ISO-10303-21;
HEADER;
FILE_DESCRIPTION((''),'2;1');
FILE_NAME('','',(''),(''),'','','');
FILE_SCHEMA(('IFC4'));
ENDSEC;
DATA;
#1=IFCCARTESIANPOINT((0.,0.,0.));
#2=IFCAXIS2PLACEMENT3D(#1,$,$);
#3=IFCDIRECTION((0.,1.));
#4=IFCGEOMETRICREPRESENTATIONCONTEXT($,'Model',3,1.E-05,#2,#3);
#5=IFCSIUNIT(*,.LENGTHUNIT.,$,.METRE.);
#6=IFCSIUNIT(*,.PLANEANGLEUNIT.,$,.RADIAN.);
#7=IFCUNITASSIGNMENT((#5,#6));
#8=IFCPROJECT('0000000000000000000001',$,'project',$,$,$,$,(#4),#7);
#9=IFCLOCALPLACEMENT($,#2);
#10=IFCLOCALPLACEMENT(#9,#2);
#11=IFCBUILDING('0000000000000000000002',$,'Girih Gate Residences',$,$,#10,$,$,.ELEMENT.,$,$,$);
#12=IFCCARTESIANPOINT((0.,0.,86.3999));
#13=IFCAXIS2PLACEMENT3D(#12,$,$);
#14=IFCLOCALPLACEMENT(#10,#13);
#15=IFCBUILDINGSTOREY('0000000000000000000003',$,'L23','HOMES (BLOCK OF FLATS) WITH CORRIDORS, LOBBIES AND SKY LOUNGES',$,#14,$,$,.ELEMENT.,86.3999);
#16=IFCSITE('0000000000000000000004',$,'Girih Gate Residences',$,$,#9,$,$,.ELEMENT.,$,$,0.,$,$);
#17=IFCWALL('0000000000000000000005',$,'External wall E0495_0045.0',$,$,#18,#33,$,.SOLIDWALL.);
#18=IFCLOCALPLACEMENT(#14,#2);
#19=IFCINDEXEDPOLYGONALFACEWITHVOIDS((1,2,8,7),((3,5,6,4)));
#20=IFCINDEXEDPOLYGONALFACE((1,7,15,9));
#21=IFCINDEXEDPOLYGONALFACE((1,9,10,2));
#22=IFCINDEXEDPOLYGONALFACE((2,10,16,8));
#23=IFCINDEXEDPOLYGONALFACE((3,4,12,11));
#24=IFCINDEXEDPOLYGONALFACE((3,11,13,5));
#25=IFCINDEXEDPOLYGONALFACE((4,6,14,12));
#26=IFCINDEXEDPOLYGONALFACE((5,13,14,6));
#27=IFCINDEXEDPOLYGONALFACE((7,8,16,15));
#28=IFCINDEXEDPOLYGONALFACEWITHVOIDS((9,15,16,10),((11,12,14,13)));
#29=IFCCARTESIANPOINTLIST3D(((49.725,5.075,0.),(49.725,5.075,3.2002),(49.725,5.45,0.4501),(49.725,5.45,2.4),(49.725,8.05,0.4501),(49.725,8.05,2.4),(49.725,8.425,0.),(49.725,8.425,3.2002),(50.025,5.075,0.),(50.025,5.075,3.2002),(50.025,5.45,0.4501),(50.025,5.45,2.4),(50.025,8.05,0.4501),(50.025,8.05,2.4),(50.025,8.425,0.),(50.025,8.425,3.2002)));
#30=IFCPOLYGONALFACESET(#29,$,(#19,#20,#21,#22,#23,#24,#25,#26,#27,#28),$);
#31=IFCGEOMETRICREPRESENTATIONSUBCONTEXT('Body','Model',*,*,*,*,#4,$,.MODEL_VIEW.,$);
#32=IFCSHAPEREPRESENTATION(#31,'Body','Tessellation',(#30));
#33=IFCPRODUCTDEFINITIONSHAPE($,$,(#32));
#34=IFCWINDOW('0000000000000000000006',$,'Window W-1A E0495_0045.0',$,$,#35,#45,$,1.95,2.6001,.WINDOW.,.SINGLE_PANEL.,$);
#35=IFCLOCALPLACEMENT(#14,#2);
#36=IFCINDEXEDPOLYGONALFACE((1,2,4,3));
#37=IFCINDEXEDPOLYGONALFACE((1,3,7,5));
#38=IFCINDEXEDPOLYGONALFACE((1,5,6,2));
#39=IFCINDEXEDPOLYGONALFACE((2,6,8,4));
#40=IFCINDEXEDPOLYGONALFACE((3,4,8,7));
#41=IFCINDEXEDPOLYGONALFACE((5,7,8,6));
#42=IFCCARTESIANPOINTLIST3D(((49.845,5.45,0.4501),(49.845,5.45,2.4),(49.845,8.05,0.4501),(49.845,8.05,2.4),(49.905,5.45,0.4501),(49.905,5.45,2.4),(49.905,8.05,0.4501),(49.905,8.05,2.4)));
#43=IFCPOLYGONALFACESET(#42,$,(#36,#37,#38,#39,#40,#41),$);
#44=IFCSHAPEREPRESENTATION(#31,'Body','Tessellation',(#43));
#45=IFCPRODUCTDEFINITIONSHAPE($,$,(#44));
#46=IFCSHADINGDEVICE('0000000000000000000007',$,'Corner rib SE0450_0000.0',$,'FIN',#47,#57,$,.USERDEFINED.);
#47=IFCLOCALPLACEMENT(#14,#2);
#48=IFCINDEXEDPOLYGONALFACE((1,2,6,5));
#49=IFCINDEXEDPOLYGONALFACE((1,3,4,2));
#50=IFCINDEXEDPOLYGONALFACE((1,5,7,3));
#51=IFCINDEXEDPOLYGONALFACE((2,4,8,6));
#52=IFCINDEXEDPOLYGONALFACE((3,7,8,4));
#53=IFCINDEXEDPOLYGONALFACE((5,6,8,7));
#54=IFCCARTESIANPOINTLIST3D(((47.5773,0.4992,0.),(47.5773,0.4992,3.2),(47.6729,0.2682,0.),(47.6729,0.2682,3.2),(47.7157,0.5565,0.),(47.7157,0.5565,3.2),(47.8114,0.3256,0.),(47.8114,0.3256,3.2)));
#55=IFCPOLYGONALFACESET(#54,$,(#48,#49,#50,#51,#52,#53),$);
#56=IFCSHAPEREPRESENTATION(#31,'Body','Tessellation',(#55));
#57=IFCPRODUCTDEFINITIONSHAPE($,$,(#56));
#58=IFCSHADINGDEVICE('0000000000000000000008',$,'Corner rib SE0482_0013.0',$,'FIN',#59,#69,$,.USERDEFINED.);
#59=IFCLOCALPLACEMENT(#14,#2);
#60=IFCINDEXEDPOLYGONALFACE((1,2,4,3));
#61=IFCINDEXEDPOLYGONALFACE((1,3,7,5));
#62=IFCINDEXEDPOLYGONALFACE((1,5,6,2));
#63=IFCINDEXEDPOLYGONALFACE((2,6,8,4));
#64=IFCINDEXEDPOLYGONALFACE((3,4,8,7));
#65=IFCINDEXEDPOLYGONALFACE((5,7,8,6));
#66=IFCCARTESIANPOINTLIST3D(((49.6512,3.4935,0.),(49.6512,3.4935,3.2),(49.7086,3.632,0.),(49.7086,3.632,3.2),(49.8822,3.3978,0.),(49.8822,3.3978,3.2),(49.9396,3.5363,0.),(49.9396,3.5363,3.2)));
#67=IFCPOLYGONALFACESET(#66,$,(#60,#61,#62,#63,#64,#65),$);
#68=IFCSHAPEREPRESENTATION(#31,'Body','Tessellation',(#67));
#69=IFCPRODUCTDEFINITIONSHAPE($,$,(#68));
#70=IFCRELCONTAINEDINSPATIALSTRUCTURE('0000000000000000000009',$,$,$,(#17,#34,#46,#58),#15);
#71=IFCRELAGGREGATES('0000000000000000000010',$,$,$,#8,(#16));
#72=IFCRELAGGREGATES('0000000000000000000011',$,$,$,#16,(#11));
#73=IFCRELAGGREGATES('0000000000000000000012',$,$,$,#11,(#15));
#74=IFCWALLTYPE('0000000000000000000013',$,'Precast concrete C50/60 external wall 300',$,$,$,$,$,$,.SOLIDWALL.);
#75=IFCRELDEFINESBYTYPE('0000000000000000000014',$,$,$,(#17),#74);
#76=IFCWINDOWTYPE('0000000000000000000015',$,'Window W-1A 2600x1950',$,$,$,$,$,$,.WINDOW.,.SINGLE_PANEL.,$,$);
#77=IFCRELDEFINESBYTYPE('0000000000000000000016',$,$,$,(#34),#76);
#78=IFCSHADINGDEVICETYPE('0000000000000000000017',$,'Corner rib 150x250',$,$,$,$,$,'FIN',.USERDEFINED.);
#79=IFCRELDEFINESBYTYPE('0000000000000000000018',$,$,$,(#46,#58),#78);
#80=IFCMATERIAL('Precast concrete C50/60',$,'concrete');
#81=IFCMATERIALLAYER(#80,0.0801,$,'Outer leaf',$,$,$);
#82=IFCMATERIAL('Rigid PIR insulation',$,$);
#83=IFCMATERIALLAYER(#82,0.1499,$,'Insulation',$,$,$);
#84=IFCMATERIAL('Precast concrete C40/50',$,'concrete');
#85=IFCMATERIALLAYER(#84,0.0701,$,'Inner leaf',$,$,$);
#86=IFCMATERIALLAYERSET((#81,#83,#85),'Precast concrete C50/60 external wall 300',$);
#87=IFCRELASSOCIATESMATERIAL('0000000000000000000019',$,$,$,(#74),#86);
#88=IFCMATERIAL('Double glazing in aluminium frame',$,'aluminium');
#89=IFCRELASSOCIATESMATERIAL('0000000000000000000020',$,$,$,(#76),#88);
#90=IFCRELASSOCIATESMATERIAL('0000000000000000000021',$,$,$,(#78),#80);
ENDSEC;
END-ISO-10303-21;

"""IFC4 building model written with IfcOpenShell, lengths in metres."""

from ifc_helpers import new_model, si_unit, direction, frame, frame_2d, origin, origin_2d, place, context, subcontext, project, spatial, rectangle, extrude, material, layer, layer_set, type_object, element, fill, save


model = new_model("IFC4")

# Units and contexts
model_context = context("Model", 3, precision=1e-05, world=origin(), true_north=direction((0.0, 1.0)))
body_context = subcontext(model_context, "Body", "Model", "MODEL_VIEW")
ifc_project = project(units=[si_unit("LENGTHUNIT", "METRE"), si_unit("PLANEANGLEUNIT", "RADIAN")], contexts=[model_context])

# Site, building, storey
site_placement = place(None, origin())
site = spatial("IfcSite", under=ifc_project, at=site_placement, Name="Girih Gate Residences", CompositionType="ELEMENT", RefElevation=0.0)
building_placement = place(site_placement, origin())
building = spatial("IfcBuilding", under=site, at=building_placement, Name="Girih Gate Residences", CompositionType="ELEMENT")
storey_placement = place(building_placement, frame((0.0, 0.0, 86.3999)))
storey = spatial("IfcBuildingStorey", under=building, at=storey_placement, Name="L23", Description="HOMES (BLOCK OF FLATS) WITH CORRIDORS, LOBBIES AND SKY LOUNGES", CompositionType="ELEMENT", Elevation=86.3999)

# Wall, opening, window
ifc_material_1 = material(Name="Precast concrete C50/60", Category="concrete")
ifc_layer_1 = layer(ifc_material_1, 0.0801, Name="Outer leaf")
ifc_material_2 = material(Name="Rigid PIR insulation")
ifc_layer_2 = layer(ifc_material_2, 0.1499, Name="Insulation")
ifc_material_3 = material(Name="Precast concrete C40/50", Category="concrete")
ifc_layer_3 = layer(ifc_material_3, 0.0701, Name="Inner leaf")
ifc_layer_set_1 = layer_set([ifc_layer_1, ifc_layer_2, ifc_layer_3], Name="Precast concrete C50/60 external wall 300")
wall_type_1 = type_object("IfcWallType", Name="Precast concrete C50/60 external wall 300", PredefinedType="SOLIDWALL", material=ifc_layer_set_1)
ifc_material_4 = material(Name="Double glazing in aluminium frame", Category="aluminium")
wall_1_placement = place(storey_placement, frame((49.875, 8.425, 0.0), z_axis=(0.0, 0.0, 1.0), x_axis=(0.0, -1.0, 0.0)))
wall_1 = element("IfcWall", 1, at=wall_1_placement, inside=storey, type_object=wall_type_1, Name="External wall E0495_0045.0", PredefinedType="SOLIDWALL", context=body_context, shape_type="SweptSolid", body=[
    extrude(rectangle(XDim=3.3501, YDim=0.3, at=frame_2d((1.675, 0.0))), origin(), (0.0, 0.0, 1.0), 3.2002),
])
opening_1_placement = place(wall_1_placement, frame((0.375, 0.0, 0.45)))
opening_1 = element("IfcOpeningElement", 2, at=opening_1_placement, cuts=wall_1, PredefinedType="OPENING", context=body_context, shape_type="SweptSolid", body=[
    extrude(rectangle(XDim=2.6001, YDim=1.95, at=frame_2d((1.3, 0.9751))), frame((0.0, 0.1599, 0.0), z_axis=(0.0, -1.0, 0.0), x_axis=(1.0, 0.0, 0.0)), (0.0, 0.0, 1.0), 0.3201),
])
window_type_1 = type_object("IfcWindowType", Name="Window W-1A 2600x1950", PartitioningType="SINGLE_PANEL", PredefinedType="WINDOW", material=ifc_material_4)
window_1_placement = place(opening_1_placement, origin())
window_1 = element("IfcWindow", 3, at=window_1_placement, inside=storey, type_object=window_type_1, Name="Window W-1A E0495_0045.0", OverallHeight=1.95, OverallWidth=2.6001, PartitioningType="SINGLE_PANEL", PredefinedType="WINDOW", context=body_context, shape_type="SweptSolid", body=[
    extrude(rectangle(XDim=2.6001, YDim=1.95, at=frame_2d((1.3, 0.9751))), frame((0.0, 0.03, 0.0), z_axis=(0.0, -1.0, 0.0), x_axis=(1.0, 0.0, 0.0)), (0.0, 0.0, 1.0), 0.0601),
])
fill(opening_1, window_1)

# Shading devices
shading_device_type = type_object("IfcShadingDeviceType", Name="Corner rib 150x250", ElementType="FIN", PredefinedType="USERDEFINED", material=ifc_material_1)
for number, where, z_axis, x_axis, name in (
    (4, (47.6943, 0.4124, 0.0), (0.0, 0.0, 1.0), (0.92388, 0.382683, 0.0), "Corner rib SE0450_0000.0"),
    (5, (49.7954, 3.5149, 0.0), (0.0, 0.0, 1.0), (0.382683, 0.92388, 0.0), "Corner rib SE0482_0013.0"),
):
    element("IfcShadingDevice", number, at=place(storey_placement, frame(where, z_axis=z_axis, x_axis=x_axis)), inside=storey, type_object=shading_device_type, Name=name, ObjectType="FIN", PredefinedType="USERDEFINED", context=body_context, shape_type="SweptSolid", body=[
        extrude(rectangle(XDim=0.1499, YDim=0.25, at=origin_2d()), origin(), (0.0, 0.0, 1.0), 3.2),
    ])

save(model, "model.ifc")
